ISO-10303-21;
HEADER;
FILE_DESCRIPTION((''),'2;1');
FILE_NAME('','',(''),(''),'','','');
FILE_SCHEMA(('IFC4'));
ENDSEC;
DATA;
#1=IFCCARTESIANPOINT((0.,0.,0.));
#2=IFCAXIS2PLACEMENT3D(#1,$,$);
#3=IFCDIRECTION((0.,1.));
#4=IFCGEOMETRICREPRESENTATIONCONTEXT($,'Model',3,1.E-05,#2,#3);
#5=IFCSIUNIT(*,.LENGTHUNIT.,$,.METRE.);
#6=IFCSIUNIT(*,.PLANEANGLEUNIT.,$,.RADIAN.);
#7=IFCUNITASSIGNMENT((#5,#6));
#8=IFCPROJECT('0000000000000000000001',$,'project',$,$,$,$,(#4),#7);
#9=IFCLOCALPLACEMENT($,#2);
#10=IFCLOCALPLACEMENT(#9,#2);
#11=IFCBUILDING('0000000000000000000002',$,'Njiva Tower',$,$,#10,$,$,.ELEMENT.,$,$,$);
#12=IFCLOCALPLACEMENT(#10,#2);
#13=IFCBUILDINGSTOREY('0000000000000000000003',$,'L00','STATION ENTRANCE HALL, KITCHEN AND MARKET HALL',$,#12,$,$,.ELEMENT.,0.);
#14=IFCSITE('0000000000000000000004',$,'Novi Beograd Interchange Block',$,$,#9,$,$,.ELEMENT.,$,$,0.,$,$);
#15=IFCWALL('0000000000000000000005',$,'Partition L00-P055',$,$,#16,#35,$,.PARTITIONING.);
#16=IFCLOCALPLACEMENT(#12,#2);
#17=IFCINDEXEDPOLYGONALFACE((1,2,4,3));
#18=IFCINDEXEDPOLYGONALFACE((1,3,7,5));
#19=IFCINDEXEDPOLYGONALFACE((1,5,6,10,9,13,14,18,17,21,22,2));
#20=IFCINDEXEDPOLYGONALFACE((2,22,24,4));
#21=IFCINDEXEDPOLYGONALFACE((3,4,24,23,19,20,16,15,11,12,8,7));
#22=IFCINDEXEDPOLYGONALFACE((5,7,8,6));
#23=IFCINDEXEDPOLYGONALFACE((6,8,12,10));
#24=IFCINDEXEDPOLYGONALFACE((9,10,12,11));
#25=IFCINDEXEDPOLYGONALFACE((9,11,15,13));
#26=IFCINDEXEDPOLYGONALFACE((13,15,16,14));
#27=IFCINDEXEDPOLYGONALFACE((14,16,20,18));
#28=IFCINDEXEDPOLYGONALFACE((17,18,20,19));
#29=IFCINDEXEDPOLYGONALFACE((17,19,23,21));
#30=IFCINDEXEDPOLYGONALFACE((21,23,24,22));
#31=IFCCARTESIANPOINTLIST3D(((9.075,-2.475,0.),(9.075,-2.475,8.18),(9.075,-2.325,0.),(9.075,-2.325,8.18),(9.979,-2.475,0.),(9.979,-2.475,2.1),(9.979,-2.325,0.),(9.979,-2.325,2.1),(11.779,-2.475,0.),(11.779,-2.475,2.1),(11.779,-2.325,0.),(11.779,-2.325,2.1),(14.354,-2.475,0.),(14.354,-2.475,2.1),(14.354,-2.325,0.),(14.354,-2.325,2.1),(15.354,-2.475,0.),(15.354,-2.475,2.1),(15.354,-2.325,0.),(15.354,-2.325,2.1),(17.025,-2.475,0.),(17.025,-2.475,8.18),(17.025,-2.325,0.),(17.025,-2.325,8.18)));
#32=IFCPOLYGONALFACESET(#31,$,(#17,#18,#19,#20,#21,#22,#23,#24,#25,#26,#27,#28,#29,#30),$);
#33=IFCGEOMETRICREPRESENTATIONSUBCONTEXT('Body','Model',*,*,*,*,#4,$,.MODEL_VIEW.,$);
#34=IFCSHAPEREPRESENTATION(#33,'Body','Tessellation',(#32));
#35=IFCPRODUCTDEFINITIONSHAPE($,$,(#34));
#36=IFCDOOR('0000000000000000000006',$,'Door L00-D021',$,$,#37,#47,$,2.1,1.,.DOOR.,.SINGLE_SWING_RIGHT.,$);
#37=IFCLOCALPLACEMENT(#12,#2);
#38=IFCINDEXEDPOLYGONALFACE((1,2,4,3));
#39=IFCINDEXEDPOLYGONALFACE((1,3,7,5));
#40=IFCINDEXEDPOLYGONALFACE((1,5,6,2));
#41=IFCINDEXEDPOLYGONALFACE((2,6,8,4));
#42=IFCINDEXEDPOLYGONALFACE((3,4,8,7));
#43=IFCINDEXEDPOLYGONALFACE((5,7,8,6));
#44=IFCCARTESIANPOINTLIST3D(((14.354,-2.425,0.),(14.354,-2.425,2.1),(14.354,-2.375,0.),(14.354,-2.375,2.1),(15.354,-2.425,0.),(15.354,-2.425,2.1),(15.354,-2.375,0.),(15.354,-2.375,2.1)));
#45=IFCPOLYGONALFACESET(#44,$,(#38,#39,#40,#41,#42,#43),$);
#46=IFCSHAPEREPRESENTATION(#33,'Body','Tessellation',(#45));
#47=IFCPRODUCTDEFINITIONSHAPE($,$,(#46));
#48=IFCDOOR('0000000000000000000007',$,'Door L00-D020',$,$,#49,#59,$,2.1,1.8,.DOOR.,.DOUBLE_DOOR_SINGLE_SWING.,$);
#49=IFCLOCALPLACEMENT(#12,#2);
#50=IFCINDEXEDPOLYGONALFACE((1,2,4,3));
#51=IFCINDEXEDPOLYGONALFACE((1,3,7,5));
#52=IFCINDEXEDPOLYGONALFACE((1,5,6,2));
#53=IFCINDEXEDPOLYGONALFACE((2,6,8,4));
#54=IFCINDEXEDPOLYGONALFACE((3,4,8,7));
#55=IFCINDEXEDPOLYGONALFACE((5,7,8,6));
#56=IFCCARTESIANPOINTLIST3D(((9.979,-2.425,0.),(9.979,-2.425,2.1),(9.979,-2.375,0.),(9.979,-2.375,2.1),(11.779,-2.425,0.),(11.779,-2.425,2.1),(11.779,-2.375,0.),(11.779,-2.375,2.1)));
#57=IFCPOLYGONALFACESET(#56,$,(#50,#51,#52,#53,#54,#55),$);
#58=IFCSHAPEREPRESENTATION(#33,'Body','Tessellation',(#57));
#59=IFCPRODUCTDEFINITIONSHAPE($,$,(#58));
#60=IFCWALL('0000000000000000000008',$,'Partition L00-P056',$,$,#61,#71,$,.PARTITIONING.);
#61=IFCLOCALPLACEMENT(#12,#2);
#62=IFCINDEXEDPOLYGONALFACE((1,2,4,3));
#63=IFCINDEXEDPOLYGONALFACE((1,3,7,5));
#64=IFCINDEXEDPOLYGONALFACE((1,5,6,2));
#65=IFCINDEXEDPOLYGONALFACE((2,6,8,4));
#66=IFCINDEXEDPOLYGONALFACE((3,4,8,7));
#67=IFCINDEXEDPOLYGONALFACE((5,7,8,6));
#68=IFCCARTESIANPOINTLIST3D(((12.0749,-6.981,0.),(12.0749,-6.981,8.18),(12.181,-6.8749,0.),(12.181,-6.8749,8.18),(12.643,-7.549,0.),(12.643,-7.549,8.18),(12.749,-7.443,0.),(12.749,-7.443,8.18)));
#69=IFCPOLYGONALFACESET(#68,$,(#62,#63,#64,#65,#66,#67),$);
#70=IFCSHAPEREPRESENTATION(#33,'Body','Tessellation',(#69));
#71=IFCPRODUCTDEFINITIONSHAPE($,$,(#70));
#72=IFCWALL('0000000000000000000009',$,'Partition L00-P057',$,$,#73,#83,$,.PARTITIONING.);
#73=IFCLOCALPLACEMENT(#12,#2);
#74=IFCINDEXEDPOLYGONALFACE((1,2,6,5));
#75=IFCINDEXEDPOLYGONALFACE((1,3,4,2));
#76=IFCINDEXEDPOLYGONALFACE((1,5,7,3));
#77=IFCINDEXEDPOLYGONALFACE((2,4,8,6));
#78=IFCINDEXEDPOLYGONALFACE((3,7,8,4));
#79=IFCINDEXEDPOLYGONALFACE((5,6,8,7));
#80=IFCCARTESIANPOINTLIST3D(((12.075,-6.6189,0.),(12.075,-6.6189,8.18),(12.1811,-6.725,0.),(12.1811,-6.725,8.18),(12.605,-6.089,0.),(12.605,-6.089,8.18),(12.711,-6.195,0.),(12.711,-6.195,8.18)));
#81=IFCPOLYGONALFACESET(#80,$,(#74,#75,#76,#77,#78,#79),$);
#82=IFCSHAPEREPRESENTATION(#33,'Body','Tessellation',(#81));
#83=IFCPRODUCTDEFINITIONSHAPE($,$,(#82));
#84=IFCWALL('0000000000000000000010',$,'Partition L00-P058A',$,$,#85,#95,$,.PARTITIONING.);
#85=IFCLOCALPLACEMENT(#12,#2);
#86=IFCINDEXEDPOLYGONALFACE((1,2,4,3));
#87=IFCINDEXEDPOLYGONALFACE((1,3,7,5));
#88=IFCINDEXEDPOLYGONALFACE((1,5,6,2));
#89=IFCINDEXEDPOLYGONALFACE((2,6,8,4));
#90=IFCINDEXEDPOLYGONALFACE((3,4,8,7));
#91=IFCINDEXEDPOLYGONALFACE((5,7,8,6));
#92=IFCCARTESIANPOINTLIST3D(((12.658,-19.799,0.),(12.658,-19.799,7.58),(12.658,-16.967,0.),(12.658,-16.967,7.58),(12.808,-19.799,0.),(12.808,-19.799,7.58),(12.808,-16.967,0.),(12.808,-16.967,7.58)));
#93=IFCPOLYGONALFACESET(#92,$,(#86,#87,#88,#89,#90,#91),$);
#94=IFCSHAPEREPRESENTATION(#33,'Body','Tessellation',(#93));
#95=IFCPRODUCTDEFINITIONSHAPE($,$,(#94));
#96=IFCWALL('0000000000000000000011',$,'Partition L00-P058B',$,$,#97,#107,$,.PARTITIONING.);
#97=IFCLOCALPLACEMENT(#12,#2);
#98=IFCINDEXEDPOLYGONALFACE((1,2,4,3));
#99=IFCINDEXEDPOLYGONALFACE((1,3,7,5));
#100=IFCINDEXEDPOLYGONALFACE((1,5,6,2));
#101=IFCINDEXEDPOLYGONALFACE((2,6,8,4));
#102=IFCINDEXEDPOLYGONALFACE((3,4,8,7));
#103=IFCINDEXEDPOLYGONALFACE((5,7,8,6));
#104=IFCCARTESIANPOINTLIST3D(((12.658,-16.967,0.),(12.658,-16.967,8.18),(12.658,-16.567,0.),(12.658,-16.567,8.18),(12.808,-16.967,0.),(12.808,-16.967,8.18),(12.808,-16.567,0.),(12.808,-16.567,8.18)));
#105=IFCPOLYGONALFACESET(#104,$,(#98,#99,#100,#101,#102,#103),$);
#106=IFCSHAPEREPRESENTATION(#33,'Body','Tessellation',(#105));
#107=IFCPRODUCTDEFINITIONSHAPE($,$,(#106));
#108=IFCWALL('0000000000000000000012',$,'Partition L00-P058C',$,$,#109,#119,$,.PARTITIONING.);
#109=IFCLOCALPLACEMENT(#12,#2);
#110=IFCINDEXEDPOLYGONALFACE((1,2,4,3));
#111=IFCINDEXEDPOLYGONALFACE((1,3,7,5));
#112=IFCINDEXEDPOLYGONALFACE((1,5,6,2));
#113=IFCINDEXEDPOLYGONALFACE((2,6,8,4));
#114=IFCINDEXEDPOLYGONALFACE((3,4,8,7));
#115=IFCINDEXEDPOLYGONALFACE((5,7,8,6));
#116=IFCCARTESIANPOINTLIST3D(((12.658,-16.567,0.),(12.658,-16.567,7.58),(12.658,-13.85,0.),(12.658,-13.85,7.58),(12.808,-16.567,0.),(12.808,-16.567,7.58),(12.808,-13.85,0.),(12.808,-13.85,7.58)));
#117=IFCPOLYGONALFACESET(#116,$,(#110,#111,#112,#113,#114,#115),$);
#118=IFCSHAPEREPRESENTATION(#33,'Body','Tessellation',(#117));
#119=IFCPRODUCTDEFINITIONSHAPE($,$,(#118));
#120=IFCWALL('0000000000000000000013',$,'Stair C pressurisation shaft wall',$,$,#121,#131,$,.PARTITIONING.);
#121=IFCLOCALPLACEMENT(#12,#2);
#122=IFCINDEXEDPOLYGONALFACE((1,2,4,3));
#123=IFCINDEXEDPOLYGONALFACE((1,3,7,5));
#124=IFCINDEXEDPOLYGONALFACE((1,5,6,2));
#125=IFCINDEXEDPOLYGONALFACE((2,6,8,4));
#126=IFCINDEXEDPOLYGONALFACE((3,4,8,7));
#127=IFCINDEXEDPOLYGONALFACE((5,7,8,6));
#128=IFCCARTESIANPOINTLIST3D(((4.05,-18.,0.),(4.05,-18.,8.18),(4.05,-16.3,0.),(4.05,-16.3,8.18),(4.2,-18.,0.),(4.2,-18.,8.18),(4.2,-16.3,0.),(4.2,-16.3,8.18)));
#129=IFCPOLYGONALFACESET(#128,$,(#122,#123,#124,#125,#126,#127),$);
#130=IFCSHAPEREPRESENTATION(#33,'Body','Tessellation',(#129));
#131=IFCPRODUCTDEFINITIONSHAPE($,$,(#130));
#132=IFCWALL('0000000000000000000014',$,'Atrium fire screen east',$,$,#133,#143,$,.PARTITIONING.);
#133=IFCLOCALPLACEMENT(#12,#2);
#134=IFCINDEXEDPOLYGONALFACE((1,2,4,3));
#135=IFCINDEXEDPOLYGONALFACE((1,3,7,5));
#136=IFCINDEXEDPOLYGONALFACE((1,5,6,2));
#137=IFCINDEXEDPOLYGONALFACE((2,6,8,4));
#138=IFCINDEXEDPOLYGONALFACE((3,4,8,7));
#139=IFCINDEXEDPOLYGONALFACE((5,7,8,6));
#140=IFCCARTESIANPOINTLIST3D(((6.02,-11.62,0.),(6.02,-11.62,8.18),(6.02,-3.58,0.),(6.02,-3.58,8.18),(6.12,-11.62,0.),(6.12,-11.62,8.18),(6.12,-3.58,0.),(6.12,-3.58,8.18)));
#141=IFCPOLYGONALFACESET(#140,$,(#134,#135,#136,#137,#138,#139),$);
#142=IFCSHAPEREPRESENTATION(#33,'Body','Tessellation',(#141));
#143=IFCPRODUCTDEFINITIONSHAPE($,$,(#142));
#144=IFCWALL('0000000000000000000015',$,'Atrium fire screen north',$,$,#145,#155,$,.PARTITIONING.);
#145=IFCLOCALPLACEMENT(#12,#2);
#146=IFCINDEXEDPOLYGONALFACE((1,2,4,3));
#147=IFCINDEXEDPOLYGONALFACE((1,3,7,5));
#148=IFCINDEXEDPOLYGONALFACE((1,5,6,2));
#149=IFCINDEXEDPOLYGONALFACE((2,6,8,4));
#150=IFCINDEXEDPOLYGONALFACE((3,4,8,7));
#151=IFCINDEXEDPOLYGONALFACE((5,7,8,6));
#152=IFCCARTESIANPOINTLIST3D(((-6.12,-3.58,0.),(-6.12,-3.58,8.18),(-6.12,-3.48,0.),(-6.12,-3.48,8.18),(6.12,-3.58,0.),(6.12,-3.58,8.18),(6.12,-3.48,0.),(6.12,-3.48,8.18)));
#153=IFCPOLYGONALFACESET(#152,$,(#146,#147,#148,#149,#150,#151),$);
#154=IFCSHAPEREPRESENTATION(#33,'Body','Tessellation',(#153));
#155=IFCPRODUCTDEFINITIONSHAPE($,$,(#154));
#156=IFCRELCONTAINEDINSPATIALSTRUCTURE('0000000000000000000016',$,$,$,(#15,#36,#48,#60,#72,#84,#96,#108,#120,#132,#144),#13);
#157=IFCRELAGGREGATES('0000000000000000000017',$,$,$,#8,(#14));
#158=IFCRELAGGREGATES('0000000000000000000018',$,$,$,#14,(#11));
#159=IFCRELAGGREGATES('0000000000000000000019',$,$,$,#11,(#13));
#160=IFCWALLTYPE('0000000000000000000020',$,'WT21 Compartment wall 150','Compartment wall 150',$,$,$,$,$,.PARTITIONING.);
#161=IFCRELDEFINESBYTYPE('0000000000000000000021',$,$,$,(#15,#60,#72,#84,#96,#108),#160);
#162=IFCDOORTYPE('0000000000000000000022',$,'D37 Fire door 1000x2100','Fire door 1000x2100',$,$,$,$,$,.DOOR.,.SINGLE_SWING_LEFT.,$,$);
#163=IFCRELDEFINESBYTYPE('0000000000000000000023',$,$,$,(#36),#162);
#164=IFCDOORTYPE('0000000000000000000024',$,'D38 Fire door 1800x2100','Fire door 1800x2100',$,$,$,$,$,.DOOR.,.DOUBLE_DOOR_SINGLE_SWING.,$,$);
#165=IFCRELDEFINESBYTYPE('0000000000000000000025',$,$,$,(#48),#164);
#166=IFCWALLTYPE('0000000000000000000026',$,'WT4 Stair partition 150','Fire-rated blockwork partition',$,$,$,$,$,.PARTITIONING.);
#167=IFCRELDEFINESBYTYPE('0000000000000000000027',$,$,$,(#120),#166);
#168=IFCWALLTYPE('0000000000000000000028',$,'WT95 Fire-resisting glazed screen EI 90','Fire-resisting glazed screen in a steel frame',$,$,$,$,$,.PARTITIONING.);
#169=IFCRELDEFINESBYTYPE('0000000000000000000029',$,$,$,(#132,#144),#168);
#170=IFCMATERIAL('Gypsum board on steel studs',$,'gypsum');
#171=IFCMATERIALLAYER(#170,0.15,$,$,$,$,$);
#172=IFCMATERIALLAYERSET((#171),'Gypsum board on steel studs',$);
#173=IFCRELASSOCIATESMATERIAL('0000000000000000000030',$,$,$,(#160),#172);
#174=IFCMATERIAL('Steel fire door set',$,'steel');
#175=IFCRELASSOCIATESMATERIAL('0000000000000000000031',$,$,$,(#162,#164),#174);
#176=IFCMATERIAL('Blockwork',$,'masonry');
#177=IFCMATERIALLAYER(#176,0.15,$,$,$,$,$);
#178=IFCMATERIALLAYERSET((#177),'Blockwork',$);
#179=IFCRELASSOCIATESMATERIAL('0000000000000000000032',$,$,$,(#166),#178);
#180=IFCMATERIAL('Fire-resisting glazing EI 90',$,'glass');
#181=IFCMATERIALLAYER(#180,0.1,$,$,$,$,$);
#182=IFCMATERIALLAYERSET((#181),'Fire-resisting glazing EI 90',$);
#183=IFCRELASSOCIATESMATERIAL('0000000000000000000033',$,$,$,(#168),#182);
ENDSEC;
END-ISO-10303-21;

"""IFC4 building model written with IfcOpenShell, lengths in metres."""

from ifc_helpers import new_model, si_unit, direction, frame, frame_2d, origin, place, context, subcontext, project, spatial, rectangle, extrude, material, layer, layer_set, type_object, element, fill, save


model = new_model("IFC4")

# Units and contexts
model_context = context("Model", 3, precision=1e-05, world=origin(), true_north=direction((0.0, 1.0)))
body_context = subcontext(model_context, "Body", "Model", "MODEL_VIEW")
ifc_project = project(units=[si_unit("LENGTHUNIT", "METRE"), si_unit("PLANEANGLEUNIT", "RADIAN")], contexts=[model_context])

# Site, building, storey
site_placement = place(None, origin())
site = spatial("IfcSite", under=ifc_project, at=site_placement, Name="Novi Beograd Interchange Block", CompositionType="ELEMENT", RefElevation=0.0)
building_placement = place(site_placement, origin())
building = spatial("IfcBuilding", under=site, at=building_placement, Name="Njiva Tower", CompositionType="ELEMENT")
storey_placement = place(building_placement, origin())
storey = spatial("IfcBuildingStorey", under=building, at=storey_placement, Name="L00", Description="STATION ENTRANCE HALL, KITCHEN AND MARKET HALL", CompositionType="ELEMENT", Elevation=0.0)

# Shared definitions
ifc_material_1 = material(Name="Gypsum board on steel studs", Category="gypsum")
ifc_layer_1 = layer(ifc_material_1, 0.15)
ifc_layer_set_1 = layer_set([ifc_layer_1], Name="Gypsum board on steel studs")
wall_type_1 = type_object("IfcWallType", Name="WT21 Compartment wall 150", Description="Compartment wall 150", PredefinedType="PARTITIONING", material=ifc_layer_set_1)

# Shared definitions
ifc_material_2 = material(Name="Steel fire door set", Category="steel")
door_type_1 = type_object("IfcDoorType", Name="D37 Fire door 1000x2100", Description="Fire door 1000x2100", OperationType="SINGLE_SWING_LEFT", PredefinedType="DOOR", material=ifc_material_2)

# Wall, openings, doors
wall_1_placement = place(storey_placement, frame((9.075, -2.4, 0.0), z_axis=(0.0, 0.0, 1.0), x_axis=(1.0, 0.0, 0.0)))
wall_1 = element("IfcWall", 1, at=wall_1_placement, inside=storey, type_object=wall_type_1, Name="Partition L00-P055", PredefinedType="PARTITIONING", context=body_context, shape_type="SweptSolid", body=[
    extrude(rectangle(XDim=7.95, YDim=0.15, at=frame_2d((3.975, 0.0))), origin(), (0.0, 0.0, 1.0), 8.18),
])
opening_1_placement = place(wall_1_placement, frame((0.904, 0.0, 0.0)))
opening_1 = element("IfcOpeningElement", 2, at=opening_1_placement, cuts=wall_1, PredefinedType="OPENING", context=body_context, shape_type="SweptSolid", body=[
    extrude(rectangle(XDim=1.8, YDim=2.1, at=frame_2d((0.9, 1.05))), frame((0.0, 0.085, 0.0), z_axis=(0.0, -1.0, 0.0), x_axis=(1.0, 0.0, 0.0)), (0.0, 0.0, 1.0), 0.17),
])
opening_2_placement = place(wall_1_placement, frame((5.279, 0.0, 0.0)))
opening_2 = element("IfcOpeningElement", 3, at=opening_2_placement, cuts=wall_1, PredefinedType="OPENING", context=body_context, shape_type="SweptSolid", body=[
    extrude(rectangle(XDim=1.0, YDim=2.1, at=frame_2d((0.5, 1.05))), frame((0.0, 0.085, 0.0), z_axis=(0.0, -1.0, 0.0), x_axis=(1.0, 0.0, 0.0)), (0.0, 0.0, 1.0), 0.17),
])
door_1_placement = place(opening_2_placement, origin())
door_1 = element("IfcDoor", 4, at=door_1_placement, inside=storey, type_object=door_type_1, Name="Door L00-D021", OperationType="SINGLE_SWING_RIGHT", OverallHeight=2.1, OverallWidth=1.0, PredefinedType="DOOR", context=body_context, shape_type="SweptSolid", body=[
    extrude(rectangle(XDim=1.0, YDim=2.1, at=frame_2d((0.5, 1.05))), frame((0.0, 0.025, 0.0), z_axis=(0.0, -1.0, 0.0), x_axis=(1.0, 0.0, 0.0)), (0.0, 0.0, 1.0), 0.05),
])
fill(opening_2, door_1)
door_type_2 = type_object("IfcDoorType", Name="D38 Fire door 1800x2100", Description="Fire door 1800x2100", OperationType="DOUBLE_DOOR_SINGLE_SWING", PredefinedType="DOOR", material=ifc_material_2)
door_2_placement = place(opening_1_placement, origin())
door_2 = element("IfcDoor", 5, at=door_2_placement, inside=storey, type_object=door_type_2, Name="Door L00-D020", OperationType="DOUBLE_DOOR_SINGLE_SWING", OverallHeight=2.1, OverallWidth=1.8, PredefinedType="DOOR", context=body_context, shape_type="SweptSolid", body=[
    extrude(rectangle(XDim=1.8, YDim=2.1, at=frame_2d((0.9, 1.05))), frame((0.0, 0.025, 0.0), z_axis=(0.0, -1.0, 0.0), x_axis=(1.0, 0.0, 0.0)), (0.0, 0.0, 1.0), 0.05),
])
fill(opening_1, door_2)

# Walls
wall_2_placement = place(storey_placement, frame((12.128, -6.928, 0.0), z_axis=(0.0, 0.0, 1.0), x_axis=(0.707107, -0.707107, 0.0)))
element("IfcWall", 6, at=wall_2_placement, inside=storey, type_object=wall_type_1, Name="Partition L00-P056", PredefinedType="PARTITIONING", context=body_context, shape_type="SweptSolid", body=[
    extrude(rectangle(XDim=0.8033, YDim=0.15, at=frame_2d((0.4016, 0.0))), origin(), (0.0, 0.0, 1.0), 8.18),
])
wall_3_placement = place(storey_placement, frame((12.128, -6.672, 0.0), z_axis=(0.0, 0.0, 1.0), x_axis=(0.707107, 0.707107, 0.0)))
element("IfcWall", 7, at=wall_3_placement, inside=storey, type_object=wall_type_1, Name="Partition L00-P057", PredefinedType="PARTITIONING", context=body_context, shape_type="SweptSolid", body=[
    extrude(rectangle(XDim=0.7495, YDim=0.15, at=frame_2d((0.3748, 0.0))), origin(), (0.0, 0.0, 1.0), 8.18),
])
wall_4_placement = place(storey_placement, frame((12.733, -19.799, 0.0), z_axis=(0.0, 0.0, 1.0), x_axis=(0.0, 1.0, 0.0)))
element("IfcWall", 8, at=wall_4_placement, inside=storey, type_object=wall_type_1, Name="Partition L00-P058A", PredefinedType="PARTITIONING", context=body_context, shape_type="SweptSolid", body=[
    extrude(rectangle(XDim=2.832, YDim=0.15, at=frame_2d((1.416, 0.0))), origin(), (0.0, 0.0, 1.0), 7.58),
])
wall_5_placement = place(storey_placement, frame((12.733, -16.967, 0.0), z_axis=(0.0, 0.0, 1.0), x_axis=(0.0, 1.0, 0.0)))
element("IfcWall", 9, at=wall_5_placement, inside=storey, type_object=wall_type_1, Name="Partition L00-P058B", PredefinedType="PARTITIONING", context=body_context, shape_type="SweptSolid", body=[
    extrude(rectangle(XDim=0.4, YDim=0.15, at=frame_2d((0.2, 0.0))), origin(), (0.0, 0.0, 1.0), 8.18),
])
wall_6_placement = place(storey_placement, frame((12.733, -16.567, 0.0), z_axis=(0.0, 0.0, 1.0), x_axis=(0.0, 1.0, 0.0)))
element("IfcWall", 10, at=wall_6_placement, inside=storey, type_object=wall_type_1, Name="Partition L00-P058C", PredefinedType="PARTITIONING", context=body_context, shape_type="SweptSolid", body=[
    extrude(rectangle(XDim=2.717, YDim=0.15, at=frame_2d((1.3585, 0.0))), origin(), (0.0, 0.0, 1.0), 7.58),
])
ifc_material_3 = material(Name="Blockwork", Category="masonry")
ifc_layer_2 = layer(ifc_material_3, 0.15)
ifc_layer_set_2 = layer_set([ifc_layer_2], Name="Blockwork")
wall_type_2 = type_object("IfcWallType", Name="WT4 Stair partition 150", Description="Fire-rated blockwork partition", PredefinedType="PARTITIONING", material=ifc_layer_set_2)
wall_7_placement = place(storey_placement, frame((4.125, -18.0, 0.0), z_axis=(0.0, 0.0, 1.0), x_axis=(0.0, 1.0, 0.0)))
element("IfcWall", 11, at=wall_7_placement, inside=storey, type_object=wall_type_2, Name="Stair C pressurisation shaft wall", PredefinedType="PARTITIONING", context=body_context, shape_type="SweptSolid", body=[
    extrude(rectangle(XDim=1.7, YDim=0.15, at=frame_2d((0.85, 0.0))), origin(), (0.0, 0.0, 1.0), 8.18),
])
ifc_material_4 = material(Name="Fire-resisting glazing EI 90", Category="glass")
ifc_layer_3 = layer(ifc_material_4, 0.1)
ifc_layer_set_3 = layer_set([ifc_layer_3], Name="Fire-resisting glazing EI 90")
wall_type_3 = type_object("IfcWallType", Name="WT95 Fire-resisting glazed screen EI 90", Description="Fire-resisting glazed screen in a steel frame", PredefinedType="PARTITIONING", material=ifc_layer_set_3)
wall_8_placement = place(storey_placement, frame((6.07, -11.62, 0.0), z_axis=(0.0, 0.0, 1.0), x_axis=(0.0, 1.0, 0.0)))
element("IfcWall", 12, at=wall_8_placement, inside=storey, type_object=wall_type_3, Name="Atrium fire screen east", PredefinedType="PARTITIONING", context=body_context, shape_type="SweptSolid", body=[
    extrude(rectangle(XDim=8.04, YDim=0.1, at=frame_2d((4.02, 0.0))), origin(), (0.0, 0.0, 1.0), 8.18),
])
wall_9_placement = place(storey_placement, frame((6.12, -3.53, 0.0), z_axis=(0.0, 0.0, 1.0), x_axis=(-1.0, 0.0, 0.0)))
element("IfcWall", 13, at=wall_9_placement, inside=storey, type_object=wall_type_3, Name="Atrium fire screen north", PredefinedType="PARTITIONING", context=body_context, shape_type="SweptSolid", body=[
    extrude(rectangle(XDim=12.24, YDim=0.1, at=frame_2d((6.12, 0.0))), origin(), (0.0, 0.0, 1.0), 8.18),
])

save(model, "model.ifc")
